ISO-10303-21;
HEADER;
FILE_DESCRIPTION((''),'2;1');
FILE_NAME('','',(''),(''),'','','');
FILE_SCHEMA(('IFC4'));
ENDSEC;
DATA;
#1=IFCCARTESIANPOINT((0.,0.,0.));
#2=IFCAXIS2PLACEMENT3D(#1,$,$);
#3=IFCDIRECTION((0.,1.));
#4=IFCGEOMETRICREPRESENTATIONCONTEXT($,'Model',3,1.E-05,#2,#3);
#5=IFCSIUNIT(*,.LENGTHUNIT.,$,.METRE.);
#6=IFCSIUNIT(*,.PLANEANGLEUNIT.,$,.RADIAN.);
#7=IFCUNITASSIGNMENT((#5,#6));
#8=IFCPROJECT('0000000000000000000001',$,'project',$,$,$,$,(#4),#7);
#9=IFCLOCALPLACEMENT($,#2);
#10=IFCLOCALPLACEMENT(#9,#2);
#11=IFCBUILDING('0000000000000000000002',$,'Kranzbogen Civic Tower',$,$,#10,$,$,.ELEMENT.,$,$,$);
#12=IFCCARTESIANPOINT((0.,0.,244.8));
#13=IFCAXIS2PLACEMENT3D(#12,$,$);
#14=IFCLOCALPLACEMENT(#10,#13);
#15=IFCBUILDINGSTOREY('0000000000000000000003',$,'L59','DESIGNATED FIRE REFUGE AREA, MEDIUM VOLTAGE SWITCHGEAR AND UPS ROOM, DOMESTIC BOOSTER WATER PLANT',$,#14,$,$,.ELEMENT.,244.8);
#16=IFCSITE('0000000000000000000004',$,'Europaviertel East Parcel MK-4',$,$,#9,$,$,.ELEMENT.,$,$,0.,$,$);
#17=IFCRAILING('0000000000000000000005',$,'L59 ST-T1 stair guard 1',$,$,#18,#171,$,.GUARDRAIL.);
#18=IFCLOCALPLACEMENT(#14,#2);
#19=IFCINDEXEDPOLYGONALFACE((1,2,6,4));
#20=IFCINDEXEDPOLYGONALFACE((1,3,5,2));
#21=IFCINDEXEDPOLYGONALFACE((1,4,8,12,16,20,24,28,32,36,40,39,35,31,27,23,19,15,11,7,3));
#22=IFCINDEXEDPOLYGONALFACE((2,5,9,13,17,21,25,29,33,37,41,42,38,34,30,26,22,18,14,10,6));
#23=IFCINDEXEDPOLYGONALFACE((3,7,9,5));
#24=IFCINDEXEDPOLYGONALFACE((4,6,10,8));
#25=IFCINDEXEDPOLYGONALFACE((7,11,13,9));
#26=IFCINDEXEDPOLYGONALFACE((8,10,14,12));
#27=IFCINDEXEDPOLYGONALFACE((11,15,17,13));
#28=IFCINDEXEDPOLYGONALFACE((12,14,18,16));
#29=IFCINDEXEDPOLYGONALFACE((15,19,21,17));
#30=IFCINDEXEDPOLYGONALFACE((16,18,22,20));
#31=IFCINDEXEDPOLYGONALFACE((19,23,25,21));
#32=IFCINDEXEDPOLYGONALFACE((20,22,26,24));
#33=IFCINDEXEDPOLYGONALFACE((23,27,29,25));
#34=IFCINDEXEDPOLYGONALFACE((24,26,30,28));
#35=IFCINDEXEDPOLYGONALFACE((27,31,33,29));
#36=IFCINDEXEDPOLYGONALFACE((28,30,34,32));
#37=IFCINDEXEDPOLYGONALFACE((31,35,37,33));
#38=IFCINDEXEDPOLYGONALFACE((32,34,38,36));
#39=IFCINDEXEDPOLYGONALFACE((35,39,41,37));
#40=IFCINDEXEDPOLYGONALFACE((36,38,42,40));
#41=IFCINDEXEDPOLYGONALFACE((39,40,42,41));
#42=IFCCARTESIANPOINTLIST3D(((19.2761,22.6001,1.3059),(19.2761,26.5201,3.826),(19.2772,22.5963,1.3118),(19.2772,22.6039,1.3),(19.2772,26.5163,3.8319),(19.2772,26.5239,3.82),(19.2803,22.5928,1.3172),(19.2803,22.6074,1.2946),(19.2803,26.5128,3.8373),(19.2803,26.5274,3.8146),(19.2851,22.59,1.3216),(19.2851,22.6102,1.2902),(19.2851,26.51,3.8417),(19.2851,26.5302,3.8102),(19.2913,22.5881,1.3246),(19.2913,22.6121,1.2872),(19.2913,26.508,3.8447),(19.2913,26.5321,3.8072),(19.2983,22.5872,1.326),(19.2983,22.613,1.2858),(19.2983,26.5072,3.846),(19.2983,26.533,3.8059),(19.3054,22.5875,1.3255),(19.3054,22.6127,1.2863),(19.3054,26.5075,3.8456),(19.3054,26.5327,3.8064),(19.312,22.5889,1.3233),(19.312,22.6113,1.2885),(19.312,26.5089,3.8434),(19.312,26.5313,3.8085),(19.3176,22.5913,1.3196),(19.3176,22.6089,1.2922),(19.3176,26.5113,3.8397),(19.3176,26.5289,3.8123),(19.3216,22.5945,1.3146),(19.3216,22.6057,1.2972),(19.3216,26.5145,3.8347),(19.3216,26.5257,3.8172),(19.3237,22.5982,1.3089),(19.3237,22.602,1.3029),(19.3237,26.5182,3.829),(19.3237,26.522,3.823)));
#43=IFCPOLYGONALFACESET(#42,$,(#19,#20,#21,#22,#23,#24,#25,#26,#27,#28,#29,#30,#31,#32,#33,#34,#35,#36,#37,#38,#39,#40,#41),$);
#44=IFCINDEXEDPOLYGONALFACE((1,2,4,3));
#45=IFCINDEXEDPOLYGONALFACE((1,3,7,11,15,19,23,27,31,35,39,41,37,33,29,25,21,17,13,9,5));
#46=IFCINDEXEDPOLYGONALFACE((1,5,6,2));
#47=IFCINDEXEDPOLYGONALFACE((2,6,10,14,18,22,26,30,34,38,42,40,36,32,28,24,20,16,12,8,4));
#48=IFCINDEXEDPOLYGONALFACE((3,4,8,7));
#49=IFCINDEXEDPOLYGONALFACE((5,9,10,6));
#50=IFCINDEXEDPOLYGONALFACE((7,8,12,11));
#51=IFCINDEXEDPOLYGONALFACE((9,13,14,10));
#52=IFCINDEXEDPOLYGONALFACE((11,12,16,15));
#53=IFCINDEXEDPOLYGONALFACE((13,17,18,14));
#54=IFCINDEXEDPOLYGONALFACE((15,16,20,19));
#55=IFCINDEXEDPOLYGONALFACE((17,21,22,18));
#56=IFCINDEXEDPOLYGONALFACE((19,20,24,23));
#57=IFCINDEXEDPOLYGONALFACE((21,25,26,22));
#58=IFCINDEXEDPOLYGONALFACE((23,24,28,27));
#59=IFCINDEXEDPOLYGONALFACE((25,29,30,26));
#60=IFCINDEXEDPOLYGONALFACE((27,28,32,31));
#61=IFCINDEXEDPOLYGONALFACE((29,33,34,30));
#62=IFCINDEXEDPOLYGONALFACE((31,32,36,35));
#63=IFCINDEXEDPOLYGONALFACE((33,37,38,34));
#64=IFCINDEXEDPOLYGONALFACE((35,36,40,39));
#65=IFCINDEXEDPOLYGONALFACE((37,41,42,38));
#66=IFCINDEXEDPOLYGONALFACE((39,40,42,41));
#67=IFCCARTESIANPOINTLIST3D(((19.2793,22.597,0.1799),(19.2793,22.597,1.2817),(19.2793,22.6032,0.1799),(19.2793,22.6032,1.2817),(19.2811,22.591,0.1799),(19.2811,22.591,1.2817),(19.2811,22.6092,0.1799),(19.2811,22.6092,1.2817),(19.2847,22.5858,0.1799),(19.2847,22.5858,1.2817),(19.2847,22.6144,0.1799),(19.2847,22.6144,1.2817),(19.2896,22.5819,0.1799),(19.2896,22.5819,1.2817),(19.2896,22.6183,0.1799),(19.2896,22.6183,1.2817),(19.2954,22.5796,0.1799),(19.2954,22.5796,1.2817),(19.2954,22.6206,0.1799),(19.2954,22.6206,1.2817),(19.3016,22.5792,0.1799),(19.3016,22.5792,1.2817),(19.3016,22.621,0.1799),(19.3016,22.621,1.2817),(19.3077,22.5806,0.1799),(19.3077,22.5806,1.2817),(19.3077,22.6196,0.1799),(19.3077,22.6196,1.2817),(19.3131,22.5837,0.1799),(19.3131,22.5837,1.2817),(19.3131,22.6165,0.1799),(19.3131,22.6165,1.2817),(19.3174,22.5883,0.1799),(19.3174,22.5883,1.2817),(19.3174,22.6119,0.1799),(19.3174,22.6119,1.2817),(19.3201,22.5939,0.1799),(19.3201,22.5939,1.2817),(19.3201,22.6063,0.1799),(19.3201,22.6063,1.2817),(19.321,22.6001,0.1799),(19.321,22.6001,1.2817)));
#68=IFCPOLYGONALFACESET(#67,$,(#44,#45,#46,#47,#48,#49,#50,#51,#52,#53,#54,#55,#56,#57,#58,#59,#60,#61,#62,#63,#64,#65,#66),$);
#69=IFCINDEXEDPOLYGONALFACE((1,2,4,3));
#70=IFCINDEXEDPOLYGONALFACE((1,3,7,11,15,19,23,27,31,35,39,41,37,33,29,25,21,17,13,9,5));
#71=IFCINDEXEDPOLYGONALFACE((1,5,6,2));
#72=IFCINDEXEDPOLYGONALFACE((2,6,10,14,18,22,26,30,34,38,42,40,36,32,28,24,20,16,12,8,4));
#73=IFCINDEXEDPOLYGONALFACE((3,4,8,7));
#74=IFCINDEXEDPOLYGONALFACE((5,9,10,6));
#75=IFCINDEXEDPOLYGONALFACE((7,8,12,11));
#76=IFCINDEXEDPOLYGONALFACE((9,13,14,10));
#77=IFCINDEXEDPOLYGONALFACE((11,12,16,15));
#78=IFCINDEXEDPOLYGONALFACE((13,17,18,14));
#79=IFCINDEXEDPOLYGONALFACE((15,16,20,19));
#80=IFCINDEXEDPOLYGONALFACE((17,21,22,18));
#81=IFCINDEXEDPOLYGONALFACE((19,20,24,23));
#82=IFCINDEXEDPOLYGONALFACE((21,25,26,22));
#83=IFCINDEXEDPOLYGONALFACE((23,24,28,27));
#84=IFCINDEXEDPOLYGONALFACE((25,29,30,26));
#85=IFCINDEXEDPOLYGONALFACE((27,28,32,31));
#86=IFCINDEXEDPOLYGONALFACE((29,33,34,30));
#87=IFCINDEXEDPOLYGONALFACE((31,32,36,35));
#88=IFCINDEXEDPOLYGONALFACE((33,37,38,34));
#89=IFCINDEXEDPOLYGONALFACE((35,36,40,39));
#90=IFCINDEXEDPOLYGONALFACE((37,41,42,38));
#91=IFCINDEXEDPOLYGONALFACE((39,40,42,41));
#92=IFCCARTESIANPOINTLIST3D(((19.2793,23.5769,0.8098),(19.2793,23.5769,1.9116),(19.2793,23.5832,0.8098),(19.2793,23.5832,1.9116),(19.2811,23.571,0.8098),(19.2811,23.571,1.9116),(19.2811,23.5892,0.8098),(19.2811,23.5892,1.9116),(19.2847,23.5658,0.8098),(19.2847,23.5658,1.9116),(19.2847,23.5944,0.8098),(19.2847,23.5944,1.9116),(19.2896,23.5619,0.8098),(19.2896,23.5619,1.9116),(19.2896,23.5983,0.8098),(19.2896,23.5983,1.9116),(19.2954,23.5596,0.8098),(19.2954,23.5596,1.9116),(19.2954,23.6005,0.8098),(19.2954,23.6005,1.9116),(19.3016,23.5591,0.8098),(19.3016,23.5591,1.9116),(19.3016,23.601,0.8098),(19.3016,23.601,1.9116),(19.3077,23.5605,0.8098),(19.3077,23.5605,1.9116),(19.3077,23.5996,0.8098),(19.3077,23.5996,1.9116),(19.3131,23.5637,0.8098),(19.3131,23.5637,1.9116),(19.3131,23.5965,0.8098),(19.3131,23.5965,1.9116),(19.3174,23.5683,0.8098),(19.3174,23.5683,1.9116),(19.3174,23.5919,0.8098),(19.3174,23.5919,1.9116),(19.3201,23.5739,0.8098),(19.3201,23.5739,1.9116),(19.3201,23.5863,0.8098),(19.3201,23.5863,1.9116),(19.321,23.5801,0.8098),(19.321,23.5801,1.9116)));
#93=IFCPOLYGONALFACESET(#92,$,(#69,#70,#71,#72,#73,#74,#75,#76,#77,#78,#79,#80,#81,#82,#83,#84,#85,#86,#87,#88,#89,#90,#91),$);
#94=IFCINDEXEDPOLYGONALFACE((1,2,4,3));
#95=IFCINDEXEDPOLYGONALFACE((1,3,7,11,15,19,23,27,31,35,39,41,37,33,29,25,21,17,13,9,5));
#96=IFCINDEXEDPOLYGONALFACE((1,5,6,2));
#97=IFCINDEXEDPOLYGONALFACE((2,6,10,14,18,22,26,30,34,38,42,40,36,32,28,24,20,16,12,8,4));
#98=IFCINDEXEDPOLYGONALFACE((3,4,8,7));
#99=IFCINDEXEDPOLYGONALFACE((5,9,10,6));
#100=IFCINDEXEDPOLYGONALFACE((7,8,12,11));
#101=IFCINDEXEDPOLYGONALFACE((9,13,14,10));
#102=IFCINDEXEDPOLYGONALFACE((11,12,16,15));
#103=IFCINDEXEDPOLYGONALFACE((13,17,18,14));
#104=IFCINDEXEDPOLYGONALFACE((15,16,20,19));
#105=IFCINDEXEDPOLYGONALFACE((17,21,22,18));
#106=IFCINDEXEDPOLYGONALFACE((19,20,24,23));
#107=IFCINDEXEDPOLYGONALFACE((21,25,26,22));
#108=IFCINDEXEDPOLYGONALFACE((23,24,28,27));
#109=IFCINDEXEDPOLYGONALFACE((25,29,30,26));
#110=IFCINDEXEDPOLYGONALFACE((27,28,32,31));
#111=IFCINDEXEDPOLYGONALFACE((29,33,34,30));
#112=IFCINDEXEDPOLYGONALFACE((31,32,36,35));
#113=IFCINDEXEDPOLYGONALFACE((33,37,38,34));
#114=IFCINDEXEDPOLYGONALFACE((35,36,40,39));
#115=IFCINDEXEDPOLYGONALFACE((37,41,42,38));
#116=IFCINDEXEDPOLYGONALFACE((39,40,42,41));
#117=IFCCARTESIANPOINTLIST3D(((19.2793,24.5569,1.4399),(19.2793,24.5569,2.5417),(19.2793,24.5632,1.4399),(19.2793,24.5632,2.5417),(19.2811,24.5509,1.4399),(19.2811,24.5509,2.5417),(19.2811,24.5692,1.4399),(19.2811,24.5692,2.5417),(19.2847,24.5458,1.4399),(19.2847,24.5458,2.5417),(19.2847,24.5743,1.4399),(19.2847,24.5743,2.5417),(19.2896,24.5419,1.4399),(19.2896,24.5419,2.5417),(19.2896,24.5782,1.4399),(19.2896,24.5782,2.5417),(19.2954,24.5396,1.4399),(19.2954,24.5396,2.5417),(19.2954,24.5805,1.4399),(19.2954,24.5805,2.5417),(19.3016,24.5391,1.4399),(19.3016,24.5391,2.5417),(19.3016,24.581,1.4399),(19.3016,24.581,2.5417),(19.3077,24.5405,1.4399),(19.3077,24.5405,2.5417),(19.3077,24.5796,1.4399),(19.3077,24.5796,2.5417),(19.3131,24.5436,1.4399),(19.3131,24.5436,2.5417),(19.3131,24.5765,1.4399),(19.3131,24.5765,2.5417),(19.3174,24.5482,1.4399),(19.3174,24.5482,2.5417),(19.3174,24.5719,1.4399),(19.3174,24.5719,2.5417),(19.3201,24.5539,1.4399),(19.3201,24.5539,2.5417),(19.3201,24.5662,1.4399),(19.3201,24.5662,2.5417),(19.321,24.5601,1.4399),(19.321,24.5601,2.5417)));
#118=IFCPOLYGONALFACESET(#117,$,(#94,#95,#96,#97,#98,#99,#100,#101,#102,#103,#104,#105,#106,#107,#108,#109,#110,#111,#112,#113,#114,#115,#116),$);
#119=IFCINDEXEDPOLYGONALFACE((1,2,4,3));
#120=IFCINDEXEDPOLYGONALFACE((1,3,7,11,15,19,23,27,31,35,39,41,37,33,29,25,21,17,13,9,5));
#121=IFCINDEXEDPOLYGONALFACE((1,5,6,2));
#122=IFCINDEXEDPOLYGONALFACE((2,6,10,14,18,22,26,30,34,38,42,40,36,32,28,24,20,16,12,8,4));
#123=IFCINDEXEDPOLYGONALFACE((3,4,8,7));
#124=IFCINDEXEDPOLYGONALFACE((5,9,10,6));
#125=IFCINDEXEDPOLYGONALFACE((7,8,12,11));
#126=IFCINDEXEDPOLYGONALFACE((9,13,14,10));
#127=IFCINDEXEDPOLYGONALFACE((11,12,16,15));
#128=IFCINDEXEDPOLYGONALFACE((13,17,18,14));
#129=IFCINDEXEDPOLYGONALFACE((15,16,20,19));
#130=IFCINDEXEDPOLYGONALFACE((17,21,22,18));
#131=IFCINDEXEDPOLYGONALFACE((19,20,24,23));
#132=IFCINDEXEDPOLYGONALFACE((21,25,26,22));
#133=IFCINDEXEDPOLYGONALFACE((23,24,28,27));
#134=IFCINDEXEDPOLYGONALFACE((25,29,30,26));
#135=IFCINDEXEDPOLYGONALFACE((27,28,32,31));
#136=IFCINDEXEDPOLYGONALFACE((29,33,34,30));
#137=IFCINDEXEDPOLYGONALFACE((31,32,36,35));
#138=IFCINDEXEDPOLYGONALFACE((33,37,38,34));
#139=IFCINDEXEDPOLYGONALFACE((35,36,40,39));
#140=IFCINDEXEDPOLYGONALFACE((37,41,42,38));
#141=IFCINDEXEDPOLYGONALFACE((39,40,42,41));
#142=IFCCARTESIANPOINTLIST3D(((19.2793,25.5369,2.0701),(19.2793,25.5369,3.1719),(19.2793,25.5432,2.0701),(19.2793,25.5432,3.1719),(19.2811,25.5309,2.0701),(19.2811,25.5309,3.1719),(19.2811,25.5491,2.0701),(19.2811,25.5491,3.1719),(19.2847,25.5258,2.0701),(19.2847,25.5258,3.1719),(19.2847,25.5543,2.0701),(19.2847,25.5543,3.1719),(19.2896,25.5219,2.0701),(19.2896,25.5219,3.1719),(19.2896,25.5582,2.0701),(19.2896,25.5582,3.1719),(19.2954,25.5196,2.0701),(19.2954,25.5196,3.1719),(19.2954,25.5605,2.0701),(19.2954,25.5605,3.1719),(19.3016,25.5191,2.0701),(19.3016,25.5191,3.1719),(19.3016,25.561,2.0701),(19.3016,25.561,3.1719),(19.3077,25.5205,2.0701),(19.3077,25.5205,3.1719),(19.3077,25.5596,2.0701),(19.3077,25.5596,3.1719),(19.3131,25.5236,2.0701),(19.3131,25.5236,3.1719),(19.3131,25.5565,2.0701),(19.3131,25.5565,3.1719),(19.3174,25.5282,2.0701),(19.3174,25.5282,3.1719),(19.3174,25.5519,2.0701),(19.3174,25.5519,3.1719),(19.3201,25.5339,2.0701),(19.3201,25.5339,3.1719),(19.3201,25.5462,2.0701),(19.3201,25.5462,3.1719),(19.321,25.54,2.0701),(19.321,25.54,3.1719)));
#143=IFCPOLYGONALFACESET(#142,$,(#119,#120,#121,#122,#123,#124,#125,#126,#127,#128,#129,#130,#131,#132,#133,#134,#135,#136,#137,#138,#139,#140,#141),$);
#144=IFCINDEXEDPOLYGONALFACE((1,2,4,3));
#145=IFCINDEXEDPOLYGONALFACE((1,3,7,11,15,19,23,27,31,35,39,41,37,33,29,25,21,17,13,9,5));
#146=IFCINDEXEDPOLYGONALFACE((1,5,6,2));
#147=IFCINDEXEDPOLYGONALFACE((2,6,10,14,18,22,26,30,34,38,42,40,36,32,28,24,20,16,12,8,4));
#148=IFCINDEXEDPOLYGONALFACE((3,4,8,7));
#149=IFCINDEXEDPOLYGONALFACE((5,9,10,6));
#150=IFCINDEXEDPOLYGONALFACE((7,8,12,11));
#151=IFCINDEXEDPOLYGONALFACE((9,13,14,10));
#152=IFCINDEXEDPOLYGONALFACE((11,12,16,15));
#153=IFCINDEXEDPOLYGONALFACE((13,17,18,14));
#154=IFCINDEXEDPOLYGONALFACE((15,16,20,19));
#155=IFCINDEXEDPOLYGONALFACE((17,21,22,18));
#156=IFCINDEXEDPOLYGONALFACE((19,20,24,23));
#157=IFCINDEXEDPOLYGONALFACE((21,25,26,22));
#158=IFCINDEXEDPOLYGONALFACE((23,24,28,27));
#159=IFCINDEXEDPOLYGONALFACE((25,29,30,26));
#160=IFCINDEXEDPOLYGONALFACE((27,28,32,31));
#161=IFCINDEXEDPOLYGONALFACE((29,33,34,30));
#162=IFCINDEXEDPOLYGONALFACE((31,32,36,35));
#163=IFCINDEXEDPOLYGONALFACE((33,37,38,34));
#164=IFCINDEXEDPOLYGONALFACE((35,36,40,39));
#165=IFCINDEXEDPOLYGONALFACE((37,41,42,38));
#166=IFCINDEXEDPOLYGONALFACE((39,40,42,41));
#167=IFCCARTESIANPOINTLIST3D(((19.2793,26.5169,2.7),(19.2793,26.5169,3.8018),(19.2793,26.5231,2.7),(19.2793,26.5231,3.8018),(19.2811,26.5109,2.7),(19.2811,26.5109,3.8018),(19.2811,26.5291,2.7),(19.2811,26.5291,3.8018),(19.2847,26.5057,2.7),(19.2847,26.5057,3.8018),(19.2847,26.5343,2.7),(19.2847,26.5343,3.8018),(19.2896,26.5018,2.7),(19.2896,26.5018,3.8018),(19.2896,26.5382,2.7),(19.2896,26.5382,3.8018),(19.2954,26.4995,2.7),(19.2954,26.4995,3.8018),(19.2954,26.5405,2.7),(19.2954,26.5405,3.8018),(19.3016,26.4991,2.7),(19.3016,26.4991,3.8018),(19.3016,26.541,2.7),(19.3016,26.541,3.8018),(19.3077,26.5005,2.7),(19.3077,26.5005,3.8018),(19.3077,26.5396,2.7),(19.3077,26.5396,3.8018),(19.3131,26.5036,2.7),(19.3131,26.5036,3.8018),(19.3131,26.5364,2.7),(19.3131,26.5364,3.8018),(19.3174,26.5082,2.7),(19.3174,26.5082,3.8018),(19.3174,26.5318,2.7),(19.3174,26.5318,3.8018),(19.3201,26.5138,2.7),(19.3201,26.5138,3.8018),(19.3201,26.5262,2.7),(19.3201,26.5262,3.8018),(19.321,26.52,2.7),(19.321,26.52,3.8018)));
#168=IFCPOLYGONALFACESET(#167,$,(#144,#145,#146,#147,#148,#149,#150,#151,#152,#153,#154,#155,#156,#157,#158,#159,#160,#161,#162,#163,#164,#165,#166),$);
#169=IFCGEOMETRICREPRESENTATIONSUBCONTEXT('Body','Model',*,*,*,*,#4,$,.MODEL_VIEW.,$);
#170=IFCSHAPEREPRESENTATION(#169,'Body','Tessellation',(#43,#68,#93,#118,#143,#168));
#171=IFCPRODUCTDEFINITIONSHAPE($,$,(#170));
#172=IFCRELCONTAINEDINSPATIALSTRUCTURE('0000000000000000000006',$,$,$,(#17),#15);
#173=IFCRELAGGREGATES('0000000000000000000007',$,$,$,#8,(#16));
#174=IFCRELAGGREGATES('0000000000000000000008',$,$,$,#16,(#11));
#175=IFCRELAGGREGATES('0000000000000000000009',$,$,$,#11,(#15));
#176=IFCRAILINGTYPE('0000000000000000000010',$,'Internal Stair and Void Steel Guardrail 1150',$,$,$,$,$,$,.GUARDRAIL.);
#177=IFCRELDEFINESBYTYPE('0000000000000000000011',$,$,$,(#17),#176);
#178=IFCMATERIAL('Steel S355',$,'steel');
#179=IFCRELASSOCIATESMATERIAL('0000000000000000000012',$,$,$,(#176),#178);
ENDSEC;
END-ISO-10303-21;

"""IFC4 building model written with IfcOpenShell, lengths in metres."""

from ifc_helpers import new_model, si_unit, direction, frame, origin, origin_2d, place, context, subcontext, project, spatial, circle, extrude, material, type_object, element, save


model = new_model("IFC4")

# Units and contexts
model_context = context("Model", 3, precision=1e-05, world=origin(), true_north=direction((0.0, 1.0)))
body_context = subcontext(model_context, "Body", "Model", "MODEL_VIEW")
ifc_project = project(units=[si_unit("LENGTHUNIT", "METRE"), si_unit("PLANEANGLEUNIT", "RADIAN")], contexts=[model_context])

# Site, building, storey
site_placement = place(None, origin())
site = spatial("IfcSite", under=ifc_project, at=site_placement, Name="Europaviertel East Parcel MK-4", CompositionType="ELEMENT", RefElevation=0.0)
building_placement = place(site_placement, origin())
building = spatial("IfcBuilding", under=site, at=building_placement, Name="Kranzbogen Civic Tower", CompositionType="ELEMENT")
storey_placement = place(building_placement, frame((0.0, 0.0, 244.8)))
storey = spatial("IfcBuildingStorey", under=building, at=storey_placement, Name="L59", Description="DESIGNATED FIRE REFUGE AREA, MEDIUM VOLTAGE SWITCHGEAR AND UPS ROOM, DOMESTIC BOOSTER WATER PLANT", CompositionType="ELEMENT", Elevation=244.8)

# Shared definitions
ifc_material_1 = material(Name="Steel S355", Category="steel")

# Railing
railing_type_1 = type_object("IfcRailingType", Name="Internal Stair and Void Steel Guardrail 1150", PredefinedType="GUARDRAIL", material=ifc_material_1)
railing_1_placement = place(storey_placement, frame((19.3, 22.6001, 0.1799)))
element("IfcRailing", 1, at=railing_1_placement, inside=storey, type_object=railing_type_1, Name="L59 ST-T1 stair guard 1", PredefinedType="GUARDRAIL", context=body_context, shape_type="SweptSolid", body=[
    extrude(circle(Radius=0.0239, at=origin_2d()), frame((0.0, 0.0, 1.126), z_axis=(0.0, 0.841172, 0.540768), x_axis=(-1.0, 0.0, 0.0)), (0.0, 0.0, 1.0), 4.6602),
    extrude(circle(Radius=0.021, at=origin_2d()), origin(), (0.0, 0.0, 1.0), 1.1018),
    extrude(circle(Radius=0.021, at=origin_2d()), frame((0.0, 0.98, 0.6299)), (0.0, 0.0, 1.0), 1.1018),
    extrude(circle(Radius=0.021, at=origin_2d()), frame((0.0, 1.96, 1.26)), (0.0, 0.0, 1.0), 1.1018),
    extrude(circle(Radius=0.021, at=origin_2d()), frame((0.0, 2.9399, 1.8901)), (0.0, 0.0, 1.0), 1.1018),
    extrude(circle(Radius=0.021, at=origin_2d()), frame((0.0, 3.9199, 2.52)), (0.0, 0.0, 1.0), 1.1018),
])

save(model, "model.ifc")
